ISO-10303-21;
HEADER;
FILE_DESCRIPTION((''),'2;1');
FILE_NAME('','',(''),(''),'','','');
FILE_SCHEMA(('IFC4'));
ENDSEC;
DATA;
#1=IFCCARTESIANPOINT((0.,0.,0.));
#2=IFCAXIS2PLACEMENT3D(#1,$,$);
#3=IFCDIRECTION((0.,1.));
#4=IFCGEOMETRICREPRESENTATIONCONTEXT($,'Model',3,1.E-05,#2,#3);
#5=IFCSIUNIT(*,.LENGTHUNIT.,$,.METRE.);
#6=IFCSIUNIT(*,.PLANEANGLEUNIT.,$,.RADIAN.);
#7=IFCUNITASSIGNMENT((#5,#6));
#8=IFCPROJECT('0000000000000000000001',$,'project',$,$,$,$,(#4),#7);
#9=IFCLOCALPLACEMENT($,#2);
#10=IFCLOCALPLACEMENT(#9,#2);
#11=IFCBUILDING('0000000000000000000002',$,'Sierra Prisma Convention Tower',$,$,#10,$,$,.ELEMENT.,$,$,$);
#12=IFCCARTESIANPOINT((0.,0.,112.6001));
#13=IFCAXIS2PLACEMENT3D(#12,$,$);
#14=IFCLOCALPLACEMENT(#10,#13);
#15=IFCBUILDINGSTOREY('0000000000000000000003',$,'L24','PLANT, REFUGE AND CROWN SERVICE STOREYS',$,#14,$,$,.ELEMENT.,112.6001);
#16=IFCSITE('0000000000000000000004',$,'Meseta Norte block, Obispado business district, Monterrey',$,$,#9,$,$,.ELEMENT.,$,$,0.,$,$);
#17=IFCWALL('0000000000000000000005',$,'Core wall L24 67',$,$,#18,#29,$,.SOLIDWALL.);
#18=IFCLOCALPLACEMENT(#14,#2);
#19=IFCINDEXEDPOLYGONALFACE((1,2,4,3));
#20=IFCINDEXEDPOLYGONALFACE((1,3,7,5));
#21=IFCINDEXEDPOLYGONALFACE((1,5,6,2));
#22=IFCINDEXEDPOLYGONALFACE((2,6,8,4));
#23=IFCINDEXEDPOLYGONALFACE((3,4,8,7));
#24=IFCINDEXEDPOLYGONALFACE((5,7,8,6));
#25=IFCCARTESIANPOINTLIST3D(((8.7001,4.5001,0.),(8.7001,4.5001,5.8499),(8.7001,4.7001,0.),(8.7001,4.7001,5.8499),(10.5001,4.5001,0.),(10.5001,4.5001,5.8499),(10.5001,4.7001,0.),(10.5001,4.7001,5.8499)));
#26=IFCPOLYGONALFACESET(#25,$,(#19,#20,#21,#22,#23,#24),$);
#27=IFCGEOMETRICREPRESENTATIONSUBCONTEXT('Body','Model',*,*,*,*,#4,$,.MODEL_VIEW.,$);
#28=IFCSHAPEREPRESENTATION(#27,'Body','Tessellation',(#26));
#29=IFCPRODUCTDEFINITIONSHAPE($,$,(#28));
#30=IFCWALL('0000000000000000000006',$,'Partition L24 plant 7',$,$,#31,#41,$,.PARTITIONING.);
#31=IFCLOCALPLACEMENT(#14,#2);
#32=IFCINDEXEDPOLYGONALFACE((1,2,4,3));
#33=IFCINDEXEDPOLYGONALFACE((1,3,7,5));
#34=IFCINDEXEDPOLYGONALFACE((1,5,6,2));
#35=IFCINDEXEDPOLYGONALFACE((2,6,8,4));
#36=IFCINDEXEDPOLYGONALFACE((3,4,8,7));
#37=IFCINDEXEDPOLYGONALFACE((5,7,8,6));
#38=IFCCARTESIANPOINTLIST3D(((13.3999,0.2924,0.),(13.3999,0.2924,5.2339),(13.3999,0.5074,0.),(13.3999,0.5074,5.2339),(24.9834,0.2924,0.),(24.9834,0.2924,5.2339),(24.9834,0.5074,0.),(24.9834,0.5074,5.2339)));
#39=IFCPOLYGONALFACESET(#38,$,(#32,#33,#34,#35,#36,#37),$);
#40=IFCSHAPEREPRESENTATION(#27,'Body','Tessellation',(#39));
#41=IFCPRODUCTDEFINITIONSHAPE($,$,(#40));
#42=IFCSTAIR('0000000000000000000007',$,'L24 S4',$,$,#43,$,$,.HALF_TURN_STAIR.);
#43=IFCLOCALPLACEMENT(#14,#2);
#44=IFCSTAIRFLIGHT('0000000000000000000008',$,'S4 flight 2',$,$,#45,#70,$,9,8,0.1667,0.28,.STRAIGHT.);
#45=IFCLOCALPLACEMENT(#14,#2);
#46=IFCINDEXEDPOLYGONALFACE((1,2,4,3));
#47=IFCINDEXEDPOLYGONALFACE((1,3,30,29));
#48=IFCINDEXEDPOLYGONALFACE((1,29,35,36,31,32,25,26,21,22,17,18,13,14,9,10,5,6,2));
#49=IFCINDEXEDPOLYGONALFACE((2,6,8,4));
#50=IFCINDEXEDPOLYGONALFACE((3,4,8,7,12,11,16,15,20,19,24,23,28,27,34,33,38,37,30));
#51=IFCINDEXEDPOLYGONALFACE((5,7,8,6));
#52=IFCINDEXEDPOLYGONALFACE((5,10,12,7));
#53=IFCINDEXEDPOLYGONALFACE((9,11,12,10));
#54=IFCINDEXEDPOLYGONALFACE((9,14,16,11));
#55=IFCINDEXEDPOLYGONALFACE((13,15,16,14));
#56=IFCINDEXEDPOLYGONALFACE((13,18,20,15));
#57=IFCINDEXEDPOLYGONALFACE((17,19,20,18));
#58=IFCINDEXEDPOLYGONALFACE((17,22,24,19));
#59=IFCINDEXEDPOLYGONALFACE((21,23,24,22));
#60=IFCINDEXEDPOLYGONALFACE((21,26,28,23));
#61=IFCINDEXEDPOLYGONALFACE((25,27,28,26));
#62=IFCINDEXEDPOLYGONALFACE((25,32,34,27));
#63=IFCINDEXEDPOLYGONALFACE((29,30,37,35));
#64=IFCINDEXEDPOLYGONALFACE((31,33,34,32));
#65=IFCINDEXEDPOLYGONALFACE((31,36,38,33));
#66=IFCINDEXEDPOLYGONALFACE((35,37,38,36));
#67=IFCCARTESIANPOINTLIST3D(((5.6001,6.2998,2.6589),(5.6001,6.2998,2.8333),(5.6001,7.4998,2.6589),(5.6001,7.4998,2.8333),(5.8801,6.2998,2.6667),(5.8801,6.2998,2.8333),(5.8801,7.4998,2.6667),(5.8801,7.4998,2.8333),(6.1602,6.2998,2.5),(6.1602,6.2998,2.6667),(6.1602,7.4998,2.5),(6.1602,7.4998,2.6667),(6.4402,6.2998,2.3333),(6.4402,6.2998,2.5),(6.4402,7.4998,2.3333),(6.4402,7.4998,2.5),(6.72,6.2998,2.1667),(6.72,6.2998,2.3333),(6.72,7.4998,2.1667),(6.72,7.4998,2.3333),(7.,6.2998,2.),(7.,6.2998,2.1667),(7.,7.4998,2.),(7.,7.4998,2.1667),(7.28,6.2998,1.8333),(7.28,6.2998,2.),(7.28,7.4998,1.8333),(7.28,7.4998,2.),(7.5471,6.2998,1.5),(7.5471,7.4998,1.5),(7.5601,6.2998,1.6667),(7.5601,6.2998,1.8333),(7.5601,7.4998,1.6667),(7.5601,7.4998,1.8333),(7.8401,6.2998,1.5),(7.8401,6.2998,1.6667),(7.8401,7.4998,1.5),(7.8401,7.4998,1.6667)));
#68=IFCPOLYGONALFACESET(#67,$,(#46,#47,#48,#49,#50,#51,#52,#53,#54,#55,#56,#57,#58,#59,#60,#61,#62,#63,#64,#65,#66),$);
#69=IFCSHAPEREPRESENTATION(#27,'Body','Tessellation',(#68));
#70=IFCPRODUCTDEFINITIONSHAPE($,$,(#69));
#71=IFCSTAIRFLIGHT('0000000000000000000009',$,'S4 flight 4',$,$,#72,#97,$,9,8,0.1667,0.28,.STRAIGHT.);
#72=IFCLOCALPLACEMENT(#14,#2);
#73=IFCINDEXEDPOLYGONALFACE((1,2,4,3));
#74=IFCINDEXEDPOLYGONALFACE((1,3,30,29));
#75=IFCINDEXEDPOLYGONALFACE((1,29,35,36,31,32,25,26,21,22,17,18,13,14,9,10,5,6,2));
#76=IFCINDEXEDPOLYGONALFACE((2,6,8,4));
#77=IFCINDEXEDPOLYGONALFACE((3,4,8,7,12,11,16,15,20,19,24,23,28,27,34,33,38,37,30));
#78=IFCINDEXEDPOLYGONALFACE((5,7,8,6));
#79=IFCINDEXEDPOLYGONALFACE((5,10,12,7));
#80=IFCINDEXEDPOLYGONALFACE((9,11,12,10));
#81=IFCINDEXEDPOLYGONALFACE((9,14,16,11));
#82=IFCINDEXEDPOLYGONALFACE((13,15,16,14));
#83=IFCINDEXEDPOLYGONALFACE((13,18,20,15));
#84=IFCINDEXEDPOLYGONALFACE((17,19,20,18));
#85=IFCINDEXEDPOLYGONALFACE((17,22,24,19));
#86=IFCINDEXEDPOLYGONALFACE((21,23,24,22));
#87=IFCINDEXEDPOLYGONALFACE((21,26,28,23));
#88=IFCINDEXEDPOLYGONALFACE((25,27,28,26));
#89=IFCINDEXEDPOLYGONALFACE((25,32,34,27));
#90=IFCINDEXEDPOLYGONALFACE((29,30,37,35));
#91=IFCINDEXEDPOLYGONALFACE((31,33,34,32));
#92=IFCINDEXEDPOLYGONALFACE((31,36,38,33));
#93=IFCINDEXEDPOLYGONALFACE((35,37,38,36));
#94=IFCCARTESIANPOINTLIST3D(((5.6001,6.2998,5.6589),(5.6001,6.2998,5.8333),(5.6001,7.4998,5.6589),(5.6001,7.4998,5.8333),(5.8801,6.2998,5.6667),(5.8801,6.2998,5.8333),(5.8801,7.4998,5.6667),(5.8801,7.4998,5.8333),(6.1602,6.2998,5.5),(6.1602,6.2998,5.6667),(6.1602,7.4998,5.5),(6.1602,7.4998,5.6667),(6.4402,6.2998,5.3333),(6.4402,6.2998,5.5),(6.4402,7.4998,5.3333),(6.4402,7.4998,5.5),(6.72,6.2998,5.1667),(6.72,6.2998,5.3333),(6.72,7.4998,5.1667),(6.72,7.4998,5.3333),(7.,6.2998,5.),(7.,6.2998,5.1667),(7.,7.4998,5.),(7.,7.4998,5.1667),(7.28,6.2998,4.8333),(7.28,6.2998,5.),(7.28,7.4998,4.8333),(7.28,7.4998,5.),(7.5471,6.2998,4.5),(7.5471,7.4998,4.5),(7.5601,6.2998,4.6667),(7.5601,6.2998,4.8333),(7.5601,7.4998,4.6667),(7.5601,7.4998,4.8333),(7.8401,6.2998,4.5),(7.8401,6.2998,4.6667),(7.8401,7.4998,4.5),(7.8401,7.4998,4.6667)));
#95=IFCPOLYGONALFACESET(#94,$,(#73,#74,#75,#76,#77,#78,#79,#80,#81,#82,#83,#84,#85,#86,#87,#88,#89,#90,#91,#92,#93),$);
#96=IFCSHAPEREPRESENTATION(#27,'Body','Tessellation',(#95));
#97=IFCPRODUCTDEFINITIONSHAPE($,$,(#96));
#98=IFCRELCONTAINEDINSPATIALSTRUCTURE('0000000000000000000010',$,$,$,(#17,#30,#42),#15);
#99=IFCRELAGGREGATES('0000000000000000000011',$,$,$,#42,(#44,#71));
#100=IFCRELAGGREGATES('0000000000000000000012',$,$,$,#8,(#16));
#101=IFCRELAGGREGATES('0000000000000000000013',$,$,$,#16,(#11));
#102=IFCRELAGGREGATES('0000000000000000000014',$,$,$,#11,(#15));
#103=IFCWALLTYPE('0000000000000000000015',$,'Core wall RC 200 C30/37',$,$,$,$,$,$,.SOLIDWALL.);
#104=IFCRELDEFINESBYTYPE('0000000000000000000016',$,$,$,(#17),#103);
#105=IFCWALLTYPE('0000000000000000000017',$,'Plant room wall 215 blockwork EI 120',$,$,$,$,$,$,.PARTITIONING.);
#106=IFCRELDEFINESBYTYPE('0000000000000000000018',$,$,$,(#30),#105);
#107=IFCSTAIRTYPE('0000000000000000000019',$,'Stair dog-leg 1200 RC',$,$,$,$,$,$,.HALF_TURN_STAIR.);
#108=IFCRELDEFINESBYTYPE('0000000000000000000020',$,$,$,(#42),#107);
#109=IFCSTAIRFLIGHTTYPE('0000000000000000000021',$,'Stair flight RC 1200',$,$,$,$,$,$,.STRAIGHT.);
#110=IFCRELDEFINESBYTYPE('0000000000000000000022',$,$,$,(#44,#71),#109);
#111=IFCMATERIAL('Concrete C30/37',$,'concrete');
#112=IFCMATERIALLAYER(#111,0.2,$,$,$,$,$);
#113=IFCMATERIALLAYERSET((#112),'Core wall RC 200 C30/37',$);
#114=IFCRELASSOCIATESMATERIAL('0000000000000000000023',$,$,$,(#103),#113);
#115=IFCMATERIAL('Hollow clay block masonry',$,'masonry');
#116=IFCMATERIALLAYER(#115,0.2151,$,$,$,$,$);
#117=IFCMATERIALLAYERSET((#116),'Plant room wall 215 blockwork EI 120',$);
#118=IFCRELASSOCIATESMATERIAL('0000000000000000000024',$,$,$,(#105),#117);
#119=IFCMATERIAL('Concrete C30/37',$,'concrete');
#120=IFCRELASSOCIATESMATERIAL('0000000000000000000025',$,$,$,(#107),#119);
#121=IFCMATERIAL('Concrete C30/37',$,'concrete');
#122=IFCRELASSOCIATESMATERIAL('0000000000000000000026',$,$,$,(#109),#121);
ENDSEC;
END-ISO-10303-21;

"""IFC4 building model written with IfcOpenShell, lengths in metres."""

from ifc_helpers import new_model, si_unit, direction, frame, frame_2d, origin, place, context, subcontext, project, spatial, polyline, rectangle, outline, extrude, material, layer, layer_set, type_object, element, aggregate, save


model = new_model("IFC4")

# Units and contexts
model_context = context("Model", 3, precision=1e-05, world=origin(), true_north=direction((0.0, 1.0)))
body_context = subcontext(model_context, "Body", "Model", "MODEL_VIEW")
ifc_project = project(units=[si_unit("LENGTHUNIT", "METRE"), si_unit("PLANEANGLEUNIT", "RADIAN")], contexts=[model_context])

# Site, building, storey
site_placement = place(None, origin())
site = spatial("IfcSite", under=ifc_project, at=site_placement, Name="Meseta Norte block, Obispado business district, Monterrey", CompositionType="ELEMENT", RefElevation=0.0)
building_placement = place(site_placement, origin())
building = spatial("IfcBuilding", under=site, at=building_placement, Name="Sierra Prisma Convention Tower", CompositionType="ELEMENT")
storey_placement = place(building_placement, frame((0.0, 0.0, 112.6001)))
storey = spatial("IfcBuildingStorey", under=building, at=storey_placement, Name="L24", Description="PLANT, REFUGE AND CROWN SERVICE STOREYS", CompositionType="ELEMENT", Elevation=112.6001)

# Shared definitions
ifc_material_1 = material(Name="Concrete C30/37", Category="concrete")
ifc_layer_1 = layer(ifc_material_1, 0.2)
ifc_layer_set_1 = layer_set([ifc_layer_1], Name="Core wall RC 200 C30/37")
wall_type_1 = type_object("IfcWallType", Name="Core wall RC 200 C30/37", PredefinedType="SOLIDWALL", material=ifc_layer_set_1)

# Walls
wall_1_placement = place(storey_placement, frame((10.5, 4.6001, 0.0), z_axis=(0.0, 0.0, 1.0), x_axis=(-1.0, 0.0, 0.0)))
element("IfcWall", 1, at=wall_1_placement, inside=storey, type_object=wall_type_1, Name="Core wall L24 67", PredefinedType="SOLIDWALL", context=body_context, shape_type="SweptSolid", body=[
    extrude(rectangle(XDim=1.8, YDim=0.2, at=frame_2d((0.8999, 0.0))), origin(), (0.0, 0.0, 1.0), 5.8499),
])
ifc_material_2 = material(Name="Hollow clay block masonry", Category="masonry")
ifc_layer_2 = layer(ifc_material_2, 0.2151)
ifc_layer_set_2 = layer_set([ifc_layer_2], Name="Plant room wall 215 blockwork EI 120")
wall_type_2 = type_object("IfcWallType", Name="Plant room wall 215 blockwork EI 120", PredefinedType="PARTITIONING", material=ifc_layer_set_2)
wall_2_placement = place(storey_placement, frame((24.9834, 0.3999, 0.0), z_axis=(0.0, 0.0, 1.0), x_axis=(-1.0, 0.0, 0.0)))
element("IfcWall", 2, at=wall_2_placement, inside=storey, type_object=wall_type_2, Name="Partition L24 plant 7", PredefinedType="PARTITIONING", context=body_context, shape_type="SweptSolid", body=[
    extrude(rectangle(XDim=11.5835, YDim=0.2151, at=frame_2d((5.7917, 0.0))), origin(), (0.0, 0.0, 1.0), 5.2339),
])

# Stair, stair flights
ifc_material_3 = material(Name="Concrete C30/37", Category="concrete")
stair_type = type_object("IfcStairType", Name="Stair dog-leg 1200 RC", PredefinedType="HALF_TURN_STAIR", material=ifc_material_3)
stair_placement = place(storey_placement, origin())
stair = element("IfcStair", 3, at=stair_placement, inside=storey, type_object=stair_type, Name="L24 S4", PredefinedType="HALF_TURN_STAIR")
ifc_material_4 = material(Name="Concrete C30/37", Category="concrete")
stair_flight_type = type_object("IfcStairFlightType", Name="Stair flight RC 1200", PredefinedType="STRAIGHT", material=ifc_material_4)
stair_flight_1_placement = place(storey_placement, frame((7.8401, 6.8999, 1.5), z_axis=(0.0, 0.0, 1.0), x_axis=(-1.0, 0.0, 0.0)))
stair_flight_1 = element("IfcStairFlight", 4, at=stair_flight_1_placement, type_object=stair_flight_type, Name="S4 flight 2", NumberOfRisers=9, NumberOfTreads=8, PredefinedType="STRAIGHT", RiserHeight=0.1667, TreadLength=0.28, context=body_context, shape_type="SweptSolid", body=[
    extrude(outline(polyline([(0.0, 0.0), (0.0, 0.1667), (0.28, 0.1667), (0.28, 0.3333), (0.5601, 0.3333), (0.5601, 0.5), (0.8401, 0.5), (0.8401, 0.6667), (1.1201, 0.6667), (1.1201, 0.8333), (1.3999, 0.8333), (1.3999, 1.0), (1.6799, 1.0), (1.6799, 1.1667), (1.96, 1.1667), (1.96, 1.3333), (2.24, 1.3333), (2.24, 1.5), (2.24, 1.1589), (0.293, 0.0), (0.0, 0.0)])), frame((0.0, 0.6001, 0.0), z_axis=(0.0, -1.0, 0.0), x_axis=(1.0, 0.0, 0.0)), (0.0, 0.0, 1.0), 1.2),
])
stair_flight_2_placement = place(storey_placement, frame((7.8401, 6.8999, 4.5), z_axis=(0.0, 0.0, 1.0), x_axis=(-1.0, 0.0, 0.0)))
stair_flight_2 = element("IfcStairFlight", 5, at=stair_flight_2_placement, type_object=stair_flight_type, Name="S4 flight 4", NumberOfRisers=9, NumberOfTreads=8, PredefinedType="STRAIGHT", RiserHeight=0.1667, TreadLength=0.28, context=body_context, shape_type="SweptSolid", body=[
    extrude(outline(polyline([(0.0, 0.0), (0.0, 0.1667), (0.28, 0.1667), (0.28, 0.3333), (0.5601, 0.3333), (0.5601, 0.5), (0.8401, 0.5), (0.8401, 0.6667), (1.1201, 0.6667), (1.1201, 0.8333), (1.3999, 0.8333), (1.3999, 1.0), (1.6799, 1.0), (1.6799, 1.1667), (1.96, 1.1667), (1.96, 1.3333), (2.24, 1.3333), (2.24, 1.5), (2.24, 1.1589), (0.293, 0.0), (0.0, 0.0)])), frame((0.0, 0.6001, 0.0), z_axis=(0.0, -1.0, 0.0), x_axis=(1.0, 0.0, 0.0)), (0.0, 0.0, 1.0), 1.2),
])
aggregate(stair, [stair_flight_1, stair_flight_2])

save(model, "model.ifc")
